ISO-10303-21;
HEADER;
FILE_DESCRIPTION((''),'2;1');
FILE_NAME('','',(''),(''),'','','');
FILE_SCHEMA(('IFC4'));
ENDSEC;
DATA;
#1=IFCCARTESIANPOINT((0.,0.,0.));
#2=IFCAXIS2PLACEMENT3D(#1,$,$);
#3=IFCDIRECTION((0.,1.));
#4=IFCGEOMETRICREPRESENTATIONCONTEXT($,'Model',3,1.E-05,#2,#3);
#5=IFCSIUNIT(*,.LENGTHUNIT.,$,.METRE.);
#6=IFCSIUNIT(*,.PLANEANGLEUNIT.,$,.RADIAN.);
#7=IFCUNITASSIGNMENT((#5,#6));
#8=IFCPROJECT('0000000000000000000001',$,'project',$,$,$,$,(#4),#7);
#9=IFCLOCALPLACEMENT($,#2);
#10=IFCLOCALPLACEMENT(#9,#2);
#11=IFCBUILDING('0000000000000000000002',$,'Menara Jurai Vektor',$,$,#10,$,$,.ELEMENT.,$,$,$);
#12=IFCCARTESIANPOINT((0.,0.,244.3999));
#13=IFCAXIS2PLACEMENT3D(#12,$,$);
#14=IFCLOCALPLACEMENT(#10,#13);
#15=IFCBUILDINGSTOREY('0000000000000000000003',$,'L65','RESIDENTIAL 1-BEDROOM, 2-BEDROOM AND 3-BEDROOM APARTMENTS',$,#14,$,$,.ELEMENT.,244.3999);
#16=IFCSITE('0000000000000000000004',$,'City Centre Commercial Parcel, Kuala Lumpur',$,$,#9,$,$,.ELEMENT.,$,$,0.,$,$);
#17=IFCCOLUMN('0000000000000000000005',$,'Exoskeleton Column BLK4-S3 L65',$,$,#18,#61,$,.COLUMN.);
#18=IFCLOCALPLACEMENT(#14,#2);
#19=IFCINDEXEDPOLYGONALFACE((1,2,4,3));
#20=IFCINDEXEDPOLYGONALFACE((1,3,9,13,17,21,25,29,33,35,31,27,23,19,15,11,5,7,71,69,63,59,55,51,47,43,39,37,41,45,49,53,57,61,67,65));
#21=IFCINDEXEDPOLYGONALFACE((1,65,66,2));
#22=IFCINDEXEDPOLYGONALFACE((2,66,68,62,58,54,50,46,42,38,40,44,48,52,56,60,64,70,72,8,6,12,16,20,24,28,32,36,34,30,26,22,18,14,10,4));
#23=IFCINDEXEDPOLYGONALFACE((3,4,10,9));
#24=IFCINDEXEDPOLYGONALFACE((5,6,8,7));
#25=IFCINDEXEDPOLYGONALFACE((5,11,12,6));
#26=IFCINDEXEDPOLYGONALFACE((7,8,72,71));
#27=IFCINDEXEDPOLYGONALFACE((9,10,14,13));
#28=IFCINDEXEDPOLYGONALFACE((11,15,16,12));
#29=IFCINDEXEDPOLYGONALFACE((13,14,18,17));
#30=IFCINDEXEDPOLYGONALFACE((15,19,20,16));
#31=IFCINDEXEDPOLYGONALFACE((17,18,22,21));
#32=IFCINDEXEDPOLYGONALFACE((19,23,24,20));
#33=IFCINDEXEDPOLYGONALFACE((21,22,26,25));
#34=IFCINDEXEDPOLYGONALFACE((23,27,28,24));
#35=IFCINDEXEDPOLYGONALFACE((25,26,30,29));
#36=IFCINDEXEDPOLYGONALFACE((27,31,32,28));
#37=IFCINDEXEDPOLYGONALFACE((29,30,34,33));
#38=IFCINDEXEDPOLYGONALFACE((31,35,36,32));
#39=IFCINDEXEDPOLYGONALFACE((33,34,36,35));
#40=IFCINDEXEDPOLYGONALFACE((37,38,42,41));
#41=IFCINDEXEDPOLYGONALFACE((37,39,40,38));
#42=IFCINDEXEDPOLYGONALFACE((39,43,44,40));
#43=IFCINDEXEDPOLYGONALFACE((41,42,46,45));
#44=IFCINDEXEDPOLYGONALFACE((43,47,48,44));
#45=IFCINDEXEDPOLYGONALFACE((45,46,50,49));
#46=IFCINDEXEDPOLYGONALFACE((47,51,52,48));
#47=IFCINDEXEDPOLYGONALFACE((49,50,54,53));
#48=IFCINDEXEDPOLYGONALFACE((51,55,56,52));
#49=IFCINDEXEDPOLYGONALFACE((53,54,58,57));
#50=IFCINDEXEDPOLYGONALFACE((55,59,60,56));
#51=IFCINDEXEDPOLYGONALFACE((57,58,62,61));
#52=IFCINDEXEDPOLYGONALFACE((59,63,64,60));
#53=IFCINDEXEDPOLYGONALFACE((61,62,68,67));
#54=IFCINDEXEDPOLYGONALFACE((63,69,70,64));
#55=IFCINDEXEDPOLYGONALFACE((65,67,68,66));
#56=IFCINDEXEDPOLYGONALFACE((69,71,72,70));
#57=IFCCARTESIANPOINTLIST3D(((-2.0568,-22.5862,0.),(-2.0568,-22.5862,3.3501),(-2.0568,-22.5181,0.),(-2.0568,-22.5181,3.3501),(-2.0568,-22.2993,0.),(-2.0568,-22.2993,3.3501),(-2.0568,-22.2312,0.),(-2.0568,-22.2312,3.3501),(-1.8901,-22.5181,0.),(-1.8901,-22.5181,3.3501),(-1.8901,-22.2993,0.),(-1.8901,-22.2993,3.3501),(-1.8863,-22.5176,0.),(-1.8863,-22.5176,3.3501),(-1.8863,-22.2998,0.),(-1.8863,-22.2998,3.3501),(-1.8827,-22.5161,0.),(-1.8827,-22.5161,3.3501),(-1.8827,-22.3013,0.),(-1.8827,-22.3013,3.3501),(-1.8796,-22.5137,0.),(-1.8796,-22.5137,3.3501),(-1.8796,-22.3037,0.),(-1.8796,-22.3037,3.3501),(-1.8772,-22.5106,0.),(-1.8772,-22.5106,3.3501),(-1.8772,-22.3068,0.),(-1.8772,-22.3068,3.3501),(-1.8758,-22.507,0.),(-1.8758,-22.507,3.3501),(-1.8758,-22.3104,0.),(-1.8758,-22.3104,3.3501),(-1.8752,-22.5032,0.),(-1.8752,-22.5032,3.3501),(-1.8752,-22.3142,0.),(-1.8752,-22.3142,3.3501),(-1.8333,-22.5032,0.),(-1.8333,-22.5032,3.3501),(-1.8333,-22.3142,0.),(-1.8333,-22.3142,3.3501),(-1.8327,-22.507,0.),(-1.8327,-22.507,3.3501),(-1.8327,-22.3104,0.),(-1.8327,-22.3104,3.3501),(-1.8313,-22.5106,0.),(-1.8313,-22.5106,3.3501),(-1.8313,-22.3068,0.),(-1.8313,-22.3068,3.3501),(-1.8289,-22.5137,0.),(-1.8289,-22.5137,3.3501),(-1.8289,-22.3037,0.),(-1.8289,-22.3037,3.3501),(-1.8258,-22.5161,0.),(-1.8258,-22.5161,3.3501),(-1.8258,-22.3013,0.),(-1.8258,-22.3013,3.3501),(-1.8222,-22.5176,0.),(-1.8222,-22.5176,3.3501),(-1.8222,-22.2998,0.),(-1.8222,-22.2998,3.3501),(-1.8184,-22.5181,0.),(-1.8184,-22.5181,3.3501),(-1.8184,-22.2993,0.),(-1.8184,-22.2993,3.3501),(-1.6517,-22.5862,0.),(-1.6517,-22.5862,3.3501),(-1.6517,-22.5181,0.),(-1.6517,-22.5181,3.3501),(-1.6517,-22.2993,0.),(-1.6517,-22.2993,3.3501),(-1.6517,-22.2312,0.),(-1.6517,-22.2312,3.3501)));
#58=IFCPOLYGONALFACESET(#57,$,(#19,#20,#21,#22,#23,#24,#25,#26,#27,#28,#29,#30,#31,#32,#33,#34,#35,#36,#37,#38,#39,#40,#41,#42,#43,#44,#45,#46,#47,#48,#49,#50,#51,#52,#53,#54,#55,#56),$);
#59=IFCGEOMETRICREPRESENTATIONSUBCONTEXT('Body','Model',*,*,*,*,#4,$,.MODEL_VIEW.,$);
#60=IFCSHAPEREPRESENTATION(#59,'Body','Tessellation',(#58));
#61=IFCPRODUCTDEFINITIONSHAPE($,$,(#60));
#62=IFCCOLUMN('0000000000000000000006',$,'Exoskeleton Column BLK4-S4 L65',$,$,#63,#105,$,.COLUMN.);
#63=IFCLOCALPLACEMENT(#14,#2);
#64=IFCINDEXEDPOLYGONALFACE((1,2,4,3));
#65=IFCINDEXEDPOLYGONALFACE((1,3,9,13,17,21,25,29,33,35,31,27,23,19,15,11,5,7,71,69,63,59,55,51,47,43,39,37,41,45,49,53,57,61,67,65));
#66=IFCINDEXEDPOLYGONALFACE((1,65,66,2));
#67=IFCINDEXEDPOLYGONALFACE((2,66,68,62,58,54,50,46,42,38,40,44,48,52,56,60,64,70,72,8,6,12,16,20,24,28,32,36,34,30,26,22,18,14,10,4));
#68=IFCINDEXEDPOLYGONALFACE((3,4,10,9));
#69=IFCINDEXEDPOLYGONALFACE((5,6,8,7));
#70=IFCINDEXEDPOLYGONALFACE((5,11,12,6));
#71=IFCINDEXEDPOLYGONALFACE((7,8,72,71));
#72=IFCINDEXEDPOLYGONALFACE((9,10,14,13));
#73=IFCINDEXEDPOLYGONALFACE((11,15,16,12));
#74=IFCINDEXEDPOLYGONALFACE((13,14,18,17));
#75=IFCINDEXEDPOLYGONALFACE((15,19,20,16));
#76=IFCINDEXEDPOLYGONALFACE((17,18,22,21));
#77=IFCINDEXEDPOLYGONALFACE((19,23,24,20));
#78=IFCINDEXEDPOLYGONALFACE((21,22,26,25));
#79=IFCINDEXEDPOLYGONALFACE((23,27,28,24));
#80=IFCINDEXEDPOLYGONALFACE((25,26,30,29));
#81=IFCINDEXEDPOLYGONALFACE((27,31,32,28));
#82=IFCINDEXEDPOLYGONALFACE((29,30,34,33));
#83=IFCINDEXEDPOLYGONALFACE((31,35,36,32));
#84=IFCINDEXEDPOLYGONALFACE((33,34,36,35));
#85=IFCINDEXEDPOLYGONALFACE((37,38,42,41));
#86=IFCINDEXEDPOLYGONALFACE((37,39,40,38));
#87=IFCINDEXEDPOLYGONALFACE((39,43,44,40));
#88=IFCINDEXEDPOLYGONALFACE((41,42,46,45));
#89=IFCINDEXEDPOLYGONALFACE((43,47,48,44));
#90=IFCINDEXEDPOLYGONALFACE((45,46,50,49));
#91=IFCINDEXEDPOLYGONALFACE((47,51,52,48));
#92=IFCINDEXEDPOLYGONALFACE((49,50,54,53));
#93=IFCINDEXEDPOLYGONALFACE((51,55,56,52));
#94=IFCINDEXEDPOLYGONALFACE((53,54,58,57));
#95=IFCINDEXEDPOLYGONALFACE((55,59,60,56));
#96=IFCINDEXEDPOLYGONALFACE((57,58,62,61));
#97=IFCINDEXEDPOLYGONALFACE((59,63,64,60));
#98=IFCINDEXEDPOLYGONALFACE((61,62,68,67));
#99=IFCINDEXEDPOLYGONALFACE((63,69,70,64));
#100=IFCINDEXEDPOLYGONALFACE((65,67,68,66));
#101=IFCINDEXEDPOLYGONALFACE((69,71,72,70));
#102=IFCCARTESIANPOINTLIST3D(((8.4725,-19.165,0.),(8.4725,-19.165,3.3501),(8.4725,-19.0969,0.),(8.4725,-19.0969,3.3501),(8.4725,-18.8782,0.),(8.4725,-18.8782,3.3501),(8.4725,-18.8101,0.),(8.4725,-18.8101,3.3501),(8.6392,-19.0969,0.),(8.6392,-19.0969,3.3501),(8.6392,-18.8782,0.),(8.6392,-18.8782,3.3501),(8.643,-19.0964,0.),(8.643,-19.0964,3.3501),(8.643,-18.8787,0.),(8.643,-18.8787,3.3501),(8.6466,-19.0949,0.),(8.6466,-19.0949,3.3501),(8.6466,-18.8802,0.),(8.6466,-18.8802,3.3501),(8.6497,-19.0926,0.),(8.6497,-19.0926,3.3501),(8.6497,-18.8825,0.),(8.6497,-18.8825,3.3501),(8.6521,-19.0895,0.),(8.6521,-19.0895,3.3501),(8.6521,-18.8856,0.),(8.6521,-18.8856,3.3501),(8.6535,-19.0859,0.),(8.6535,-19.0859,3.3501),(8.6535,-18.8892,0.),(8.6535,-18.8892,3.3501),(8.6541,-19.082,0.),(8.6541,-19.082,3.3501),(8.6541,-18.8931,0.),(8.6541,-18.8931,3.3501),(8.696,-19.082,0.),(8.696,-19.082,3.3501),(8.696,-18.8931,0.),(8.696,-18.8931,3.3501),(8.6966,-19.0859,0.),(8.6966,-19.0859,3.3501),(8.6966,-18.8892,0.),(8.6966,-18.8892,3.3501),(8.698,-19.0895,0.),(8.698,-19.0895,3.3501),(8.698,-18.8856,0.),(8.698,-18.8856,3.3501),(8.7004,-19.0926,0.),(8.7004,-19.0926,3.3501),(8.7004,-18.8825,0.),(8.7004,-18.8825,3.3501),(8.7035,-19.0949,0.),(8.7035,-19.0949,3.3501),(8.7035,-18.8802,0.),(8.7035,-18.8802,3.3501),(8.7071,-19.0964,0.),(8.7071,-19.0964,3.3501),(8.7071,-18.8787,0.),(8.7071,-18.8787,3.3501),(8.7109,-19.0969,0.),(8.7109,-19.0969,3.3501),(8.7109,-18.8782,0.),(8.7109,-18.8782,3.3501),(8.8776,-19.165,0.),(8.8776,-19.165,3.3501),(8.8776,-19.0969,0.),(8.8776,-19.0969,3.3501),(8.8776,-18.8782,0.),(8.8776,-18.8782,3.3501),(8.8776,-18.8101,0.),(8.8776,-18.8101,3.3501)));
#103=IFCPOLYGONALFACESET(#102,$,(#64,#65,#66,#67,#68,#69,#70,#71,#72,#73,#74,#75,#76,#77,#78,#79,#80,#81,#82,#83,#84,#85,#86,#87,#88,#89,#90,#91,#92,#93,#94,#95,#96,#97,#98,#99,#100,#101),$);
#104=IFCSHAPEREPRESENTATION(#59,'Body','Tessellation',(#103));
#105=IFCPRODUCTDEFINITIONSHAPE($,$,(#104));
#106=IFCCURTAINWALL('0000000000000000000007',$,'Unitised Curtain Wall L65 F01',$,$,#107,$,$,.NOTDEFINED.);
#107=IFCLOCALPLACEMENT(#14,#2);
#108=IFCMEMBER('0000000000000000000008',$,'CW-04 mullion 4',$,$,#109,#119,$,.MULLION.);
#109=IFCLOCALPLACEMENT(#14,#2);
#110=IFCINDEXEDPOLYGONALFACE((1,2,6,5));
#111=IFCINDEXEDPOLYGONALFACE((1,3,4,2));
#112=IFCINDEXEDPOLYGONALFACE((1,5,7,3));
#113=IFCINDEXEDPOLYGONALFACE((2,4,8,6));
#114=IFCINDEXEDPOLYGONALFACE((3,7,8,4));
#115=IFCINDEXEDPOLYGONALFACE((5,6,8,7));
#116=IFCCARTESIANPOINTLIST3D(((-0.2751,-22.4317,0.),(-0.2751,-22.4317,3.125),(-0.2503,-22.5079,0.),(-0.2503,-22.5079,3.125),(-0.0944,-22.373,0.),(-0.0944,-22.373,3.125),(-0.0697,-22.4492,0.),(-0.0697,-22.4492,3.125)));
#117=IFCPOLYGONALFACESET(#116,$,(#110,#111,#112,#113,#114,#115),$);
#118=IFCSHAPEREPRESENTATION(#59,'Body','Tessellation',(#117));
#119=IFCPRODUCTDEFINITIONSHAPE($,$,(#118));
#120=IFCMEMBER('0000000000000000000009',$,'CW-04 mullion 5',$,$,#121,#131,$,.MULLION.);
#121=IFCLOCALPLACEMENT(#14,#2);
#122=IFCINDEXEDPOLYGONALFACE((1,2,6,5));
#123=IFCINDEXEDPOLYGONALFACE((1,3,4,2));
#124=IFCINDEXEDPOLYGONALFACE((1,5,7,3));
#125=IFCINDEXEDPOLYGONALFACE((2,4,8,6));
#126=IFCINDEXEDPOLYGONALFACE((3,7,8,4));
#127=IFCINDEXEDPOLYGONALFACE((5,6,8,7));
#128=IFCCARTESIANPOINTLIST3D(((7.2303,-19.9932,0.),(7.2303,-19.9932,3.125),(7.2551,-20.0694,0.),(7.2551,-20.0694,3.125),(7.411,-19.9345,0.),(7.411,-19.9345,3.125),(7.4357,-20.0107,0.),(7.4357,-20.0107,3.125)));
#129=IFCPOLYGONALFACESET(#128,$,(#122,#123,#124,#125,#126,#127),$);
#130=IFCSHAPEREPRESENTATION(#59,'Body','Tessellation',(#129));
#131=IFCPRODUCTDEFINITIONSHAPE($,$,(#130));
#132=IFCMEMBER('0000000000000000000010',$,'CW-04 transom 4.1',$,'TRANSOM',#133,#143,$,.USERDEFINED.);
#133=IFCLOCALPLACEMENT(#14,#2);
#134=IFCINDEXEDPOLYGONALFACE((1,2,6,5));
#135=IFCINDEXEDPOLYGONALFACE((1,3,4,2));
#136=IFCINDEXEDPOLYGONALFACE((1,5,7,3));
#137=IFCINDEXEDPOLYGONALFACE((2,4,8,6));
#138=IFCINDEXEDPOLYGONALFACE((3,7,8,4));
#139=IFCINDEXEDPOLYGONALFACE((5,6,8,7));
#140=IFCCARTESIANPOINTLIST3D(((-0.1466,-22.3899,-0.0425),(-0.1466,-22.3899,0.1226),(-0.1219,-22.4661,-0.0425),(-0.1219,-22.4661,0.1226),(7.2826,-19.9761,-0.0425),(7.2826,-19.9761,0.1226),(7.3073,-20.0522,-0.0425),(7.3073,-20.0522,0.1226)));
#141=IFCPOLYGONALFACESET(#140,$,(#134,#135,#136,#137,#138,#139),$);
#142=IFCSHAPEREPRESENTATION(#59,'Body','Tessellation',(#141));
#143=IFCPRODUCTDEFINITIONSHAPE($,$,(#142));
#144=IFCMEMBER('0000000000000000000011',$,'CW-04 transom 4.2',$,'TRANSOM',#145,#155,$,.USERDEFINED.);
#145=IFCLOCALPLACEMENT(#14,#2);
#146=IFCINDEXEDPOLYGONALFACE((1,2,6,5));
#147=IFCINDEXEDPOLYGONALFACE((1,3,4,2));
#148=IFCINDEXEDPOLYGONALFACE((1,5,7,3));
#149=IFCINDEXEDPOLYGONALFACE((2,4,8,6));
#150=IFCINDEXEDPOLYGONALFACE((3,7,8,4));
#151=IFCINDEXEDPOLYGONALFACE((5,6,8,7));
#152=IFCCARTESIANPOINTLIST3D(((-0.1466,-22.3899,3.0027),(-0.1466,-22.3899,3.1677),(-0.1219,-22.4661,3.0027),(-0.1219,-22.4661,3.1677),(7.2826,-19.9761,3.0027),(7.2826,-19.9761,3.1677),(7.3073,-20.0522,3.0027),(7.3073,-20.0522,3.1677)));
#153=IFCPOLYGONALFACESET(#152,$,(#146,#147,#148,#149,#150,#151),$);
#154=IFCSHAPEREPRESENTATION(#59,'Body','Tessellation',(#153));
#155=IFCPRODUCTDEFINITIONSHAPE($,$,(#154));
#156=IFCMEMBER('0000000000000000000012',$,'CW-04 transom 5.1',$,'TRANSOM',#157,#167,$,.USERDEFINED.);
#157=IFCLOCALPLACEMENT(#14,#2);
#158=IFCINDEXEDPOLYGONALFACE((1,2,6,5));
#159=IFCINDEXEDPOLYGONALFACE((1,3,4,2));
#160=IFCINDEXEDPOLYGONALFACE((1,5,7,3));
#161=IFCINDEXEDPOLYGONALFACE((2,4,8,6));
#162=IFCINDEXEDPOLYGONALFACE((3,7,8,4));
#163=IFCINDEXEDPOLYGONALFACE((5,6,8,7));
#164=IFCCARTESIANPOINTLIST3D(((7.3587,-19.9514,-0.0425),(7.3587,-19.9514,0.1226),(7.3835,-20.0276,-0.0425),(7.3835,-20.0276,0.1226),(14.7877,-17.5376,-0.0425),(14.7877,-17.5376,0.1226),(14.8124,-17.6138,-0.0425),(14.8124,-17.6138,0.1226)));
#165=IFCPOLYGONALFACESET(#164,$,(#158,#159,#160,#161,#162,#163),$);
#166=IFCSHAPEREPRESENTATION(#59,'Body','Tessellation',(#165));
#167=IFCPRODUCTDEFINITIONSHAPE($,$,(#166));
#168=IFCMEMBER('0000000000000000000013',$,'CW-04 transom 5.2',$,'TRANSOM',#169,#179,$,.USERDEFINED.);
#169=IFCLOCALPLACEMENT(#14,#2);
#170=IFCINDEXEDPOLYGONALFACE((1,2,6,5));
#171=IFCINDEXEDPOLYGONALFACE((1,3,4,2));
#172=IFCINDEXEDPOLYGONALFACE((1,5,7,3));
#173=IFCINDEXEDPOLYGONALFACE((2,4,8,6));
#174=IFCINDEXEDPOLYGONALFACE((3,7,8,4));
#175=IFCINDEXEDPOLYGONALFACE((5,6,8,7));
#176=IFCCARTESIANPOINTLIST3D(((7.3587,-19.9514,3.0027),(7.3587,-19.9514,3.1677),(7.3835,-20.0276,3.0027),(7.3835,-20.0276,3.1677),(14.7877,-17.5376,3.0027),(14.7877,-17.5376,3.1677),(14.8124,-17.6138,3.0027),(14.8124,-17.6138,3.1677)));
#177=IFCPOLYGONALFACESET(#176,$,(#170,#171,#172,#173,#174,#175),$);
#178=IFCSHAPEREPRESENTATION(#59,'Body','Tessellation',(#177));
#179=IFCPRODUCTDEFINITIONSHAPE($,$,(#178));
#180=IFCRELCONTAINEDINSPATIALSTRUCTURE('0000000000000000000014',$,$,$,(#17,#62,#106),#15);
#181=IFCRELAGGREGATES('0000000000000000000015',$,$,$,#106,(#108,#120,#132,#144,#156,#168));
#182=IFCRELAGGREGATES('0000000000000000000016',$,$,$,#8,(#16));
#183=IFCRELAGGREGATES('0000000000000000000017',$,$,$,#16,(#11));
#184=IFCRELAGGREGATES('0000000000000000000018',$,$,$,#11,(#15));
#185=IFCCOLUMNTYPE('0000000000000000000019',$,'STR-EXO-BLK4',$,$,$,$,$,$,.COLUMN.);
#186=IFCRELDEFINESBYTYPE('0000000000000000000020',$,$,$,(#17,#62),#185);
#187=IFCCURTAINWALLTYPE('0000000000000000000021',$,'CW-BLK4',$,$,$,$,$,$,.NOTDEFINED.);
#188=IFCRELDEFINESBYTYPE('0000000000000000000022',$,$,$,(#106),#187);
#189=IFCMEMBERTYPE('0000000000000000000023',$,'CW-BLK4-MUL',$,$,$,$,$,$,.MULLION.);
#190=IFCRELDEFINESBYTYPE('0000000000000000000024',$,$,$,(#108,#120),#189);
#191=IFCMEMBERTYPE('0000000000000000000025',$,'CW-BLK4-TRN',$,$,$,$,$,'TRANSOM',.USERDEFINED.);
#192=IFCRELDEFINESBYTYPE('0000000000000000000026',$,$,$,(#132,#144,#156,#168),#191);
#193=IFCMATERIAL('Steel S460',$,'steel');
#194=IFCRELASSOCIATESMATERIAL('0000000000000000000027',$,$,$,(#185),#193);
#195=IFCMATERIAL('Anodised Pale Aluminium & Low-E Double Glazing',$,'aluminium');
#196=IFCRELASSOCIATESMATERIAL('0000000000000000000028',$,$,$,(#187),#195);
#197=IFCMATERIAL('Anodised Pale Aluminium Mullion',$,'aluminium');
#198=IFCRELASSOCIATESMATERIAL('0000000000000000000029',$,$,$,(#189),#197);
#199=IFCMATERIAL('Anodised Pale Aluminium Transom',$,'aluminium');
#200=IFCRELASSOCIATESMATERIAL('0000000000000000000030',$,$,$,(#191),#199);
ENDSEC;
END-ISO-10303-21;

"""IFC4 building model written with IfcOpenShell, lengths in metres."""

from ifc_helpers import new_model, si_unit, direction, frame, origin, origin_2d, place, context, subcontext, project, spatial, rectangle, i_section, extrude, material, material_profile, profile_set, type_object, element, aggregate, save


model = new_model("IFC4")

# Units and contexts
model_context = context("Model", 3, precision=1e-05, world=origin(), true_north=direction((0.0, 1.0)))
body_context = subcontext(model_context, "Body", "Model", "MODEL_VIEW")
ifc_project = project(units=[si_unit("LENGTHUNIT", "METRE"), si_unit("PLANEANGLEUNIT", "RADIAN")], contexts=[model_context])

# Site, building, storey
site_placement = place(None, origin())
site = spatial("IfcSite", under=ifc_project, at=site_placement, Name="City Centre Commercial Parcel, Kuala Lumpur", CompositionType="ELEMENT", RefElevation=0.0)
building_placement = place(site_placement, origin())
building = spatial("IfcBuilding", under=site, at=building_placement, Name="Menara Jurai Vektor", CompositionType="ELEMENT")
storey_placement = place(building_placement, frame((0.0, 0.0, 244.3999)))
storey = spatial("IfcBuildingStorey", under=building, at=storey_placement, Name="L65", Description="RESIDENTIAL 1-BEDROOM, 2-BEDROOM AND 3-BEDROOM APARTMENTS", CompositionType="ELEMENT", Elevation=244.3999)

# Columns
ifc_material_1 = material(Name="Steel S460", Category="steel")
ifc_material_profile_1 = material_profile(ifc_material_1, i_section(OverallWidth=0.405, OverallDepth=0.355, WebThickness=0.042, FlangeThickness=0.0681, FilletRadius=0.0149, at=origin_2d()), Name="HD 400x551")
ifc_profile_set_1 = profile_set([ifc_material_profile_1], Name="Steel S460")
column_type = type_object("IfcColumnType", Name="STR-EXO-BLK4", PredefinedType="COLUMN", material=ifc_profile_set_1)
for number, where, z_axis, x_axis, name in (
    (1, (-1.8542, -22.4087, 0.0), (0.0, 0.0, 1.0), (1.0, 0.0, 0.0), "Exoskeleton Column BLK4-S3 L65"),
    (2, (8.675, -18.9875, 0.0), (0.0, 0.0, 1.0), (1.0, 0.0, 0.0), "Exoskeleton Column BLK4-S4 L65"),
):
    element("IfcColumn", number, at=place(storey_placement, frame(where, z_axis=z_axis, x_axis=x_axis)), inside=storey, type_object=column_type, Name=name, PredefinedType="COLUMN", context=body_context, shape_type="SweptSolid", body=[
        extrude(i_section(OverallWidth=0.405, OverallDepth=0.355, WebThickness=0.042, FlangeThickness=0.0681, FilletRadius=0.0149, at=origin_2d()), origin(), (0.0, 0.0, 1.0), 3.3501),
    ])

# Curtain wall, members
ifc_material_2 = material(Name="Anodised Pale Aluminium & Low-E Double Glazing", Category="aluminium")
curtain_wall_type = type_object("IfcCurtainWallType", Name="CW-BLK4", PredefinedType="NOTDEFINED", material=ifc_material_2)
curtain_wall_placement = place(storey_placement, origin())
curtain_wall = element("IfcCurtainWall", 3, at=curtain_wall_placement, inside=storey, type_object=curtain_wall_type, Name="Unitised Curtain Wall L65 F01", PredefinedType="NOTDEFINED")
ifc_material_3 = material(Name="Anodised Pale Aluminium Mullion", Category="aluminium")
ifc_material_profile_2 = material_profile(ifc_material_3, rectangle(XDim=0.0801, YDim=0.1899, at=origin_2d()), Name="ALU MUL 80x190")
ifc_profile_set_2 = profile_set([ifc_material_profile_2], Name="Anodised Pale Aluminium Mullion")
member_type_1 = type_object("IfcMemberType", Name="CW-BLK4-MUL", PredefinedType="MULLION", material=ifc_profile_set_2)
member_1_placement = place(storey_placement, frame((-0.1724, -22.4404, 0.0), z_axis=(0.0, 0.0, 1.0), x_axis=(-0.309017, 0.951056, 0.0)))
member_1 = element("IfcMember", 4, at=member_1_placement, type_object=member_type_1, Name="CW-04 mullion 4", PredefinedType="MULLION", context=body_context, shape_type="SweptSolid", body=[
    extrude(rectangle(XDim=0.0801, YDim=0.1899, at=origin_2d()), origin(), (0.0, 0.0, 1.0), 3.125),
])
member_2_placement = place(storey_placement, frame((7.333, -20.002, 0.0), z_axis=(0.0, 0.0, 1.0), x_axis=(-0.309017, 0.951056, 0.0)))
member_2 = element("IfcMember", 5, at=member_2_placement, type_object=member_type_1, Name="CW-04 mullion 5", PredefinedType="MULLION", context=body_context, shape_type="SweptSolid", body=[
    extrude(rectangle(XDim=0.0801, YDim=0.1899, at=origin_2d()), origin(), (0.0, 0.0, 1.0), 3.125),
])
ifc_material_4 = material(Name="Anodised Pale Aluminium Transom", Category="aluminium")
ifc_material_profile_3 = material_profile(ifc_material_4, rectangle(XDim=0.0801, YDim=0.165, at=origin_2d()), Name="ALU TRN 80x165")
ifc_profile_set_3 = profile_set([ifc_material_profile_3], Name="Anodised Pale Aluminium Transom")
member_type_2 = type_object("IfcMemberType", Name="CW-BLK4-TRN", ElementType="TRANSOM", PredefinedType="USERDEFINED", material=ifc_profile_set_3)
member_3_placement = place(storey_placement, frame((-0.1343, -22.428, 0.04), z_axis=(0.951059, 0.309008, 0.0), x_axis=(-0.309008, 0.951059, 0.0)))
member_3 = element("IfcMember", 6, at=member_3_placement, type_object=member_type_2, Name="CW-04 transom 4.1", ObjectType="TRANSOM", PredefinedType="USERDEFINED", context=body_context, shape_type="SweptSolid", body=[
    extrude(rectangle(XDim=0.0801, YDim=0.165, at=origin_2d()), origin(), (0.0, 0.0, 1.0), 7.8115),
])
member_4_placement = place(storey_placement, frame((-0.1343, -22.428, 3.0852), z_axis=(0.951059, 0.309008, 0.0), x_axis=(-0.309008, 0.951059, 0.0)))
member_4 = element("IfcMember", 7, at=member_4_placement, type_object=member_type_2, Name="CW-04 transom 4.2", ObjectType="TRANSOM", PredefinedType="USERDEFINED", context=body_context, shape_type="SweptSolid", body=[
    extrude(rectangle(XDim=0.0801, YDim=0.165, at=origin_2d()), origin(), (0.0, 0.0, 1.0), 7.8115),
])
member_5_placement = place(storey_placement, frame((7.3711, -19.9895, 0.04), z_axis=(0.951056, 0.309018, 0.0), x_axis=(-0.309018, 0.951056, 0.0)))
member_5 = element("IfcMember", 8, at=member_5_placement, type_object=member_type_2, Name="CW-04 transom 5.1", ObjectType="TRANSOM", PredefinedType="USERDEFINED", context=body_context, shape_type="SweptSolid", body=[
    extrude(rectangle(XDim=0.0801, YDim=0.165, at=origin_2d()), origin(), (0.0, 0.0, 1.0), 7.8113),
])
member_6_placement = place(storey_placement, frame((7.3711, -19.9895, 3.0852), z_axis=(0.951056, 0.309018, 0.0), x_axis=(-0.309018, 0.951056, 0.0)))
member_6 = element("IfcMember", 9, at=member_6_placement, type_object=member_type_2, Name="CW-04 transom 5.2", ObjectType="TRANSOM", PredefinedType="USERDEFINED", context=body_context, shape_type="SweptSolid", body=[
    extrude(rectangle(XDim=0.0801, YDim=0.165, at=origin_2d()), origin(), (0.0, 0.0, 1.0), 7.8113),
])

aggregate(curtain_wall, [member_1, member_2, member_3, member_4, member_5, member_6])

save(model, "model.ifc")
